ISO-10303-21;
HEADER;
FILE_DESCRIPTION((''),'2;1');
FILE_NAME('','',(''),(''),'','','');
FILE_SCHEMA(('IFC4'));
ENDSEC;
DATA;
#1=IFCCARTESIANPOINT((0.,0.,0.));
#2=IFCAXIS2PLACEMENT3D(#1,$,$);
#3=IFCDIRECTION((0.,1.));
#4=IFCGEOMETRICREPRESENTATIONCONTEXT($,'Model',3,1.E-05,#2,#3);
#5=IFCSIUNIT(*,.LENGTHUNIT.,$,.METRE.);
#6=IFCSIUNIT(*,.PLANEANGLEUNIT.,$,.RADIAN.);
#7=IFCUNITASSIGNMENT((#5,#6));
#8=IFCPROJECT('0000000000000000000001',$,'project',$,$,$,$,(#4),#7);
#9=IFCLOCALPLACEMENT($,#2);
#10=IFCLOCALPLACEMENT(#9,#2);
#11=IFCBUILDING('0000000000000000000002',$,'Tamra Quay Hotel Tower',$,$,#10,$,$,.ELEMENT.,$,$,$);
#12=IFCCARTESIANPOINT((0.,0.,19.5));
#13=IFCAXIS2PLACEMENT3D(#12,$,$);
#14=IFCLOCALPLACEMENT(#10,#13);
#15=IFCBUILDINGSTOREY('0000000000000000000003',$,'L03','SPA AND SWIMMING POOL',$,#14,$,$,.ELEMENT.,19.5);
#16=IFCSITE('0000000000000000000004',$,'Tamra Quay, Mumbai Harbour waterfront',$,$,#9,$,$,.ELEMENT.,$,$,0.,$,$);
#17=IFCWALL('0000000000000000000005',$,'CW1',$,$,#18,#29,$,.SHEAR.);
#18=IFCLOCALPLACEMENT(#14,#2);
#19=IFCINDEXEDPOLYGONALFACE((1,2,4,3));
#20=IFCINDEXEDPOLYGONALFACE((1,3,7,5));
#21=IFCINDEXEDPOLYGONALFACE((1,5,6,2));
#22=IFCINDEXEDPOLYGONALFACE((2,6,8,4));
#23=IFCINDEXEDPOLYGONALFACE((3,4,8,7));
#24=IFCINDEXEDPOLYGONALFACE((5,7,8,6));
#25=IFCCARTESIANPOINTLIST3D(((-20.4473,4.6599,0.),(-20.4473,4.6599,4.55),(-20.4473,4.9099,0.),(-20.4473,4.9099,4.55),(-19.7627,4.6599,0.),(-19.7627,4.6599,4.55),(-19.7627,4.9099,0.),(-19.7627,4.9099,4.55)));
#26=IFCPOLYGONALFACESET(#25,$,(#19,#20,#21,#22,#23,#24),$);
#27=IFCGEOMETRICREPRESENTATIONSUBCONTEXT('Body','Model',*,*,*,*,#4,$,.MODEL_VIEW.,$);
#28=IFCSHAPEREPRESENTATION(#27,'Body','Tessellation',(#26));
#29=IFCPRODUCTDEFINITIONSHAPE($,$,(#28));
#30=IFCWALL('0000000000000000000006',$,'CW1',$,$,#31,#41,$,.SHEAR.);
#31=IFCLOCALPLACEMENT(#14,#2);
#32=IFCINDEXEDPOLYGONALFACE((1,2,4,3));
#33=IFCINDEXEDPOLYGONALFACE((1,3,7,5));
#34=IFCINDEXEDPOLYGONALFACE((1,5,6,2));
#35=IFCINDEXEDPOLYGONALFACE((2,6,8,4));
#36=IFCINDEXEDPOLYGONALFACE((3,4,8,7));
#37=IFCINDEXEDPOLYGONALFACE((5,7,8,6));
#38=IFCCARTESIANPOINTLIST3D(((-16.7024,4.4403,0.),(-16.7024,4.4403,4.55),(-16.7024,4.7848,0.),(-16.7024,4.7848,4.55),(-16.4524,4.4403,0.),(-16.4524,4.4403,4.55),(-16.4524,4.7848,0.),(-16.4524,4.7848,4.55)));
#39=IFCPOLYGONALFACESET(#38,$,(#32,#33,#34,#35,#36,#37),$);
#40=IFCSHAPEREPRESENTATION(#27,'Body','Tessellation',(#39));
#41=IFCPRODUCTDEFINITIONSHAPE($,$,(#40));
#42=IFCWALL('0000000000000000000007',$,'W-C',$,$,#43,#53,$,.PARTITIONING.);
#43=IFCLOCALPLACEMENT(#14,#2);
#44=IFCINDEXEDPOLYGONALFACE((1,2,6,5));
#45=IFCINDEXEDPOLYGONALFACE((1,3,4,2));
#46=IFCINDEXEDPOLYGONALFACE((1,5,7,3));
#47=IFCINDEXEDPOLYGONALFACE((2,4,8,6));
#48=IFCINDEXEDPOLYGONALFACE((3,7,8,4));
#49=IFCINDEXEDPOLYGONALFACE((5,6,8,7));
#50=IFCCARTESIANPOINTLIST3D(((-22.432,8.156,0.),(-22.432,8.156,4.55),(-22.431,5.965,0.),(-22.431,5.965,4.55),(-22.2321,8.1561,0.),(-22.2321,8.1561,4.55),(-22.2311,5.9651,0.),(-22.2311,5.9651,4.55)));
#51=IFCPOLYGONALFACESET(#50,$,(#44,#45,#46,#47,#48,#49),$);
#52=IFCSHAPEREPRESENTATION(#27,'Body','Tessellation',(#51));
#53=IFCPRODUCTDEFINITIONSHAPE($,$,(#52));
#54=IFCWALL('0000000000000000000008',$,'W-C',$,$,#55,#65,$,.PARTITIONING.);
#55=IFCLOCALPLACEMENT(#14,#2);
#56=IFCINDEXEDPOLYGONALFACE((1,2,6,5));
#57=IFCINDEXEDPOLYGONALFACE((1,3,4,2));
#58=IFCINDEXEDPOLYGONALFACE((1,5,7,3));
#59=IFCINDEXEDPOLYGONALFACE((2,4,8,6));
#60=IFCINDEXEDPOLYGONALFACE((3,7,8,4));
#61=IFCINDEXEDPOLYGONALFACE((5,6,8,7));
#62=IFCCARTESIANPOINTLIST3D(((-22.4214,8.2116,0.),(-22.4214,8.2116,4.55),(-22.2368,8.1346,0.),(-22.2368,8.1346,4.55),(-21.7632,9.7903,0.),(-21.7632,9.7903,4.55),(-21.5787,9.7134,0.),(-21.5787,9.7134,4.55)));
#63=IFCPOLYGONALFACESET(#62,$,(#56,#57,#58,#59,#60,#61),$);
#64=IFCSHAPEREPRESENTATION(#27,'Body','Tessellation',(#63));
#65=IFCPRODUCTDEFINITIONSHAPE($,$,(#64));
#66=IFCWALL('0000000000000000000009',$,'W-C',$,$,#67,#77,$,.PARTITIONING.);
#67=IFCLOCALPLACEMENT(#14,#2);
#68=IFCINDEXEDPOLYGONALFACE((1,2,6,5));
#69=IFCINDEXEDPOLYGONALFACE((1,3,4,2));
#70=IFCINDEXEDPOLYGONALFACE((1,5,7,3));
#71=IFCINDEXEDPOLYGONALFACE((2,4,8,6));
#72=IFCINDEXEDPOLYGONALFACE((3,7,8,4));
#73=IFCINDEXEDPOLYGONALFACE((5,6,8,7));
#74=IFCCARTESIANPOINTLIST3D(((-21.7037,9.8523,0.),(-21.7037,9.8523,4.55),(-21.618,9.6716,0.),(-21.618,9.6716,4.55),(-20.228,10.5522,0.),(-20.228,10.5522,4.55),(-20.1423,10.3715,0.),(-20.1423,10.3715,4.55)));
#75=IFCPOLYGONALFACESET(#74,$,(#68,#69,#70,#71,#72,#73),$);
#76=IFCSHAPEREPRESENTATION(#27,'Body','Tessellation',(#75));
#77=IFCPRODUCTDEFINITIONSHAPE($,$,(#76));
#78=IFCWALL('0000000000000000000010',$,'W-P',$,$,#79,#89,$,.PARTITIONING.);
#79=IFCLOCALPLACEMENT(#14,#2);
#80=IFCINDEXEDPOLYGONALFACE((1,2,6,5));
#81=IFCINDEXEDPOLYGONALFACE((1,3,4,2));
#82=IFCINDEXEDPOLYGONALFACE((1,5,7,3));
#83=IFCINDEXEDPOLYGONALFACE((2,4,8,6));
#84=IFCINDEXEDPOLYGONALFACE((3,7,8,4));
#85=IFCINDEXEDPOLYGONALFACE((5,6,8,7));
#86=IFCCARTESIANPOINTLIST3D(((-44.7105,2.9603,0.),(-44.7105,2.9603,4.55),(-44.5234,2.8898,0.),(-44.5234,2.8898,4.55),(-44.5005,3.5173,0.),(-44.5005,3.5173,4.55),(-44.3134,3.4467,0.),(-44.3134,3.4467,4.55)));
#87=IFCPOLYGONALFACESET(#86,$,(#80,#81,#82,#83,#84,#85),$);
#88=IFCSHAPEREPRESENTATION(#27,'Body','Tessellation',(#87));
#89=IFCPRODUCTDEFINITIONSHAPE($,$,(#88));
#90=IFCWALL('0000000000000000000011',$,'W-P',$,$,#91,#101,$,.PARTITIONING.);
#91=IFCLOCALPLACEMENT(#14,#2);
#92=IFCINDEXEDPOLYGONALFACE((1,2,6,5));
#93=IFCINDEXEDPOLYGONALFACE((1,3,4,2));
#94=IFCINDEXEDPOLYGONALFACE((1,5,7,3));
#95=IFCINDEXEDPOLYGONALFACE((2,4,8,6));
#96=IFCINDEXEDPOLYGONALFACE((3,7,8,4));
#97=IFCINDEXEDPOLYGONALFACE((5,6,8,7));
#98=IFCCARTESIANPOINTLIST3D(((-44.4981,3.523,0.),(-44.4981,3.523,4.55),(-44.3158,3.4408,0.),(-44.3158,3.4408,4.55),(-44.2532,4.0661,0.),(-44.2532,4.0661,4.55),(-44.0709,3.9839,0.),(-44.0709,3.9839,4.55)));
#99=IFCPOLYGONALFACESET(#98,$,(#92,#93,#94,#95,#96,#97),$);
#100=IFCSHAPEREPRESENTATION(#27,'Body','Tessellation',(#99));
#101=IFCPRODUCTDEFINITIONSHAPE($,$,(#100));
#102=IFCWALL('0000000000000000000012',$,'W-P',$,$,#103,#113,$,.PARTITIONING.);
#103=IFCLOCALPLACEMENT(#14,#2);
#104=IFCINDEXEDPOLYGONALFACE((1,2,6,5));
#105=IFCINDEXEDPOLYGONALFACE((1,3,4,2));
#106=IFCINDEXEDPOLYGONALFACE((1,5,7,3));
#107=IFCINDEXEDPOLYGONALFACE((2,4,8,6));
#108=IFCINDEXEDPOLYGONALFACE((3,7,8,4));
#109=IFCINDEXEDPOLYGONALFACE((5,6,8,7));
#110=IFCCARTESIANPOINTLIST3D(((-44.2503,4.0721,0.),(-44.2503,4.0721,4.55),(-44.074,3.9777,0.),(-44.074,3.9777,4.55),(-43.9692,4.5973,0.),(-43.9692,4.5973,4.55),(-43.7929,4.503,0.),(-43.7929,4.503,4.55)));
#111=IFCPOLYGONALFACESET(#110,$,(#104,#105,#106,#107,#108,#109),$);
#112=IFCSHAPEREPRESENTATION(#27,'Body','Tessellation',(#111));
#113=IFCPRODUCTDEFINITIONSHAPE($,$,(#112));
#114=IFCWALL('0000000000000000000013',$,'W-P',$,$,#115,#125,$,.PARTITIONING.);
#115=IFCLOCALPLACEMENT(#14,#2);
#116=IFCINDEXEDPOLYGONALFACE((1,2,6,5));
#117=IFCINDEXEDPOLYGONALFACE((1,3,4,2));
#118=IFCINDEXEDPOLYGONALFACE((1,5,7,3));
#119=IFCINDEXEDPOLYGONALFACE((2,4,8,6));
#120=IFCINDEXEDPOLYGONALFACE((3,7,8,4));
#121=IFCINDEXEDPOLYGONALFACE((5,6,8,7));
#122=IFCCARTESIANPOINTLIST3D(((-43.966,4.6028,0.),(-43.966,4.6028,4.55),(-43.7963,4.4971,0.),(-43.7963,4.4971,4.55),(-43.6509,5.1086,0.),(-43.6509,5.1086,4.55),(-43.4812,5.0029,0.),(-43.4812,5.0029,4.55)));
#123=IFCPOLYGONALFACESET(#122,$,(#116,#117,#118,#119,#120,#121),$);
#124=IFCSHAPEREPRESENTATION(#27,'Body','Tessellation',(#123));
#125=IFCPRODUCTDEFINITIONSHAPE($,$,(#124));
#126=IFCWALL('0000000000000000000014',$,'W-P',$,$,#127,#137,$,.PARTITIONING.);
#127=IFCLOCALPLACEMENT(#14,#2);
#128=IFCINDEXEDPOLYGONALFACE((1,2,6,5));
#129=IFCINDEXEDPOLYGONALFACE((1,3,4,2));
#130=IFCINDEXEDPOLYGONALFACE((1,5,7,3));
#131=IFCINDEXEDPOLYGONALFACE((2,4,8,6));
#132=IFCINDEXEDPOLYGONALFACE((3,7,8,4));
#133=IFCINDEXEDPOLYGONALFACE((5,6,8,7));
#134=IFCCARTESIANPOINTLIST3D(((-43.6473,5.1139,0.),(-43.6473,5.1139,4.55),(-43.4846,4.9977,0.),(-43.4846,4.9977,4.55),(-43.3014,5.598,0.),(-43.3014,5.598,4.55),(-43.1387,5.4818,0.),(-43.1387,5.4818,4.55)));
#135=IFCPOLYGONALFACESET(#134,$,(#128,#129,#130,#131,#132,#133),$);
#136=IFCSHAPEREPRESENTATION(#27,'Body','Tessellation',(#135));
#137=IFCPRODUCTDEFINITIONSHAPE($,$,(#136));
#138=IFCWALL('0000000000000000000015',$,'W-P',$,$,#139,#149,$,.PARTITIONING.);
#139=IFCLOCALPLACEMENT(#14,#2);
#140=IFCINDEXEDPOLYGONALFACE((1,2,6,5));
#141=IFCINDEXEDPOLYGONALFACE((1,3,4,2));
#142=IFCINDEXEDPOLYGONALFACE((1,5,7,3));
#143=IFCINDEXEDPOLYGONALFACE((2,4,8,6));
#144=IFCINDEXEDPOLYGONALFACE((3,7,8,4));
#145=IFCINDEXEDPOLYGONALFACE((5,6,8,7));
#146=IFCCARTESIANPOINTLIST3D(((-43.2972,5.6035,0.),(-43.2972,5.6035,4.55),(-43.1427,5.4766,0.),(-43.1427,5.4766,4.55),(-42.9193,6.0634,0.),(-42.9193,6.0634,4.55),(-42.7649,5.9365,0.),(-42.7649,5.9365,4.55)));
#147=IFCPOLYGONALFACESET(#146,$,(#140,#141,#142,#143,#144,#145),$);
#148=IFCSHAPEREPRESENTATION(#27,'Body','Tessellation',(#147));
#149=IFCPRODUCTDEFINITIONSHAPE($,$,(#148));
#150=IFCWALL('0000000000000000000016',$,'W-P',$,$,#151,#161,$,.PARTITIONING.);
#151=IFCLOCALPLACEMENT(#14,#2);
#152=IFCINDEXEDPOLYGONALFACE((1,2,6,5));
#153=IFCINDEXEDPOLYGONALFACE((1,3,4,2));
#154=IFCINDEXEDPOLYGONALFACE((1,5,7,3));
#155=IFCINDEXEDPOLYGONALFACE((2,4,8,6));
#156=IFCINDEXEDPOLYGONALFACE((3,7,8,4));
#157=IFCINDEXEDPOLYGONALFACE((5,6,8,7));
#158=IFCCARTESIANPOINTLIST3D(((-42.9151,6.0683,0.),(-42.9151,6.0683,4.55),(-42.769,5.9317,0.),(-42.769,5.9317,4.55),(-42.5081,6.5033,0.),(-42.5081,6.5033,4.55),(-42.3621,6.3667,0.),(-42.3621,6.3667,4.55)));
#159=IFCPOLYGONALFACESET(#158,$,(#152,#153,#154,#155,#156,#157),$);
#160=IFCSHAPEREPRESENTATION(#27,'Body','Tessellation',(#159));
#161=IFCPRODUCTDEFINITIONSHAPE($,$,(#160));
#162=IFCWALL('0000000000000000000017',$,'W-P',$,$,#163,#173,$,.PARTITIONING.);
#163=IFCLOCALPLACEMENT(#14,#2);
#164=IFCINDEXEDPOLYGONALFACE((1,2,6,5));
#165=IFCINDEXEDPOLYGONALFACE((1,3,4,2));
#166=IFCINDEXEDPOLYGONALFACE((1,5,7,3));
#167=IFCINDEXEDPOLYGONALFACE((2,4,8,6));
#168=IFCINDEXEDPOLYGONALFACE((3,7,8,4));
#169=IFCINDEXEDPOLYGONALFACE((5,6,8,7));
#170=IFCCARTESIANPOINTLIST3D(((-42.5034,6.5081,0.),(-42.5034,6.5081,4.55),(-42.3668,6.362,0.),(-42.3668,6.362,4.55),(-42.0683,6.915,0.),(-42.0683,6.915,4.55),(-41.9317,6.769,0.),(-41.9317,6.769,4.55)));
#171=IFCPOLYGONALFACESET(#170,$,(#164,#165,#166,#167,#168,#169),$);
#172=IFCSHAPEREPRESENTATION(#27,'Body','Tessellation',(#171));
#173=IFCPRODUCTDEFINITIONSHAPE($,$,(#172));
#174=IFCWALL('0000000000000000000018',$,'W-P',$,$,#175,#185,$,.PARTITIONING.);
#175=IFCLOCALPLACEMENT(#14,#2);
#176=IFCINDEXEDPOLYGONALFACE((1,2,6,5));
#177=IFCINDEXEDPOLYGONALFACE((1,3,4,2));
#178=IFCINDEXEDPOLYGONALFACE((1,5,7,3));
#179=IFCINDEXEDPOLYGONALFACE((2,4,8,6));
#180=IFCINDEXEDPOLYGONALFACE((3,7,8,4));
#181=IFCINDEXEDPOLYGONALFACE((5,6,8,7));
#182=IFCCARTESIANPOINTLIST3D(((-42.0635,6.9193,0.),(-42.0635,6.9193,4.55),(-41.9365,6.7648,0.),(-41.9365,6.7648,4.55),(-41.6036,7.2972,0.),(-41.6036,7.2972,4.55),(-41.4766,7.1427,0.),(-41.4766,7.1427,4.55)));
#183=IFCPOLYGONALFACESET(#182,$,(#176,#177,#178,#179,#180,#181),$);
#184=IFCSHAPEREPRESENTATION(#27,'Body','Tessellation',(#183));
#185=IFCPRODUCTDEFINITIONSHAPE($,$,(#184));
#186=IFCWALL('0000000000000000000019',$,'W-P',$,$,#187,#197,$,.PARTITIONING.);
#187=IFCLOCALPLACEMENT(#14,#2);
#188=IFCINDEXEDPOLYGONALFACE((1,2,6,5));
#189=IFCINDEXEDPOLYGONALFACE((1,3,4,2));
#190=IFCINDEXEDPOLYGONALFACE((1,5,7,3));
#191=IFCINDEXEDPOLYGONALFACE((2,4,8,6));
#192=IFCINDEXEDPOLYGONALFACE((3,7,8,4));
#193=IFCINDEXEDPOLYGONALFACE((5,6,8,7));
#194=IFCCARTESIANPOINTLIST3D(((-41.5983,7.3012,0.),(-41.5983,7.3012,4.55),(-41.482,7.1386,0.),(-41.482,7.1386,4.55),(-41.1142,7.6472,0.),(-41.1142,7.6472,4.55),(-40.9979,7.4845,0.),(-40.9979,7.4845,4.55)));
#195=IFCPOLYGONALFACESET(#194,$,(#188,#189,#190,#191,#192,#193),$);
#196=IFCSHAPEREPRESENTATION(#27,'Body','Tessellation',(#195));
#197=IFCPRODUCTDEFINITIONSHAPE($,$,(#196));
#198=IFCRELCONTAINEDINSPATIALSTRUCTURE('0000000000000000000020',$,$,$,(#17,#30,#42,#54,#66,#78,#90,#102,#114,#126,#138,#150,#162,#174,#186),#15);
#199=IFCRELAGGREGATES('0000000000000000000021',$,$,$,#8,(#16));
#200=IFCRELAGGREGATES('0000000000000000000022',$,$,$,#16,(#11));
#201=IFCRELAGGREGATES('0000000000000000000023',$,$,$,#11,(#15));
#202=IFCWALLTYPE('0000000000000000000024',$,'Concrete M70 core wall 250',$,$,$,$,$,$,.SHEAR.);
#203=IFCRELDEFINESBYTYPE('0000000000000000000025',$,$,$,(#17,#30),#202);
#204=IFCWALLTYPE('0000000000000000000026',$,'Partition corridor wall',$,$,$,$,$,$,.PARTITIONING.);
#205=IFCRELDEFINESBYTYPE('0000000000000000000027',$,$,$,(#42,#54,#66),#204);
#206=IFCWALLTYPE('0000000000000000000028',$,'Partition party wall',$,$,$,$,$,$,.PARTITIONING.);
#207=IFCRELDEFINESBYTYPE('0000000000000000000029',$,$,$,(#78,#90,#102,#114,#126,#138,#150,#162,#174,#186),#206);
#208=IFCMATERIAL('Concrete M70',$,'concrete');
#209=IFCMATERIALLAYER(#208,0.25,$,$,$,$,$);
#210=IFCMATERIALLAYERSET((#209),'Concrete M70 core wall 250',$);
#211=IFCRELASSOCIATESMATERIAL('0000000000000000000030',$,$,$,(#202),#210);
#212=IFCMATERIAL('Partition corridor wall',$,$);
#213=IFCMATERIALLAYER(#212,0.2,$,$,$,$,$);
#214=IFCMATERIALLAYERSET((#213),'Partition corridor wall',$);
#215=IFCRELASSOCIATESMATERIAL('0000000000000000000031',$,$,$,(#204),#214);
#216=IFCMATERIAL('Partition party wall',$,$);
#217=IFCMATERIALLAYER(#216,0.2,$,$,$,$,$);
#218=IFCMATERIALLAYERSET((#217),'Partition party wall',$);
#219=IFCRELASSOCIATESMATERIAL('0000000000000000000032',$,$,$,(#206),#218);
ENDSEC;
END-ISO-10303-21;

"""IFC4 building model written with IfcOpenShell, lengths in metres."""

from ifc_helpers import new_model, si_unit, direction, frame, frame_2d, origin, place, context, subcontext, project, spatial, rectangle, extrude, material, layer, layer_set, type_object, element, save


model = new_model("IFC4")

# Units and contexts
model_context = context("Model", 3, precision=1e-05, world=origin(), true_north=direction((0.0, 1.0)))
body_context = subcontext(model_context, "Body", "Model", "MODEL_VIEW")
ifc_project = project(units=[si_unit("LENGTHUNIT", "METRE"), si_unit("PLANEANGLEUNIT", "RADIAN")], contexts=[model_context])

# Site, building, storey
site_placement = place(None, origin())
site = spatial("IfcSite", under=ifc_project, at=site_placement, Name="Tamra Quay, Mumbai Harbour waterfront", CompositionType="ELEMENT", RefElevation=0.0)
building_placement = place(site_placement, origin())
building = spatial("IfcBuilding", under=site, at=building_placement, Name="Tamra Quay Hotel Tower", CompositionType="ELEMENT")
storey_placement = place(building_placement, frame((0.0, 0.0, 19.5)))
storey = spatial("IfcBuildingStorey", under=building, at=storey_placement, Name="L03", Description="SPA AND SWIMMING POOL", CompositionType="ELEMENT", Elevation=19.5)

# Shared definitions
ifc_material_1 = material(Name="Concrete M70", Category="concrete")

# Shared definitions
ifc_layer_1 = layer(ifc_material_1, 0.25)
ifc_layer_set_1 = layer_set([ifc_layer_1], Name="Concrete M70 core wall 250")
wall_type_1 = type_object("IfcWallType", Name="Concrete M70 core wall 250", PredefinedType="SHEAR", material=ifc_layer_set_1)

# Walls
wall_1_placement = place(storey_placement, frame((-20.4473, 4.7849, 0.0), z_axis=(0.0, 0.0, 1.0), x_axis=(1.0, 0.0, 0.0)))
element("IfcWall", 1, at=wall_1_placement, inside=storey, type_object=wall_type_1, Name="CW1", PredefinedType="SHEAR", context=body_context, shape_type="SweptSolid", body=[
    extrude(rectangle(XDim=0.6846, YDim=0.25, at=frame_2d((0.3423, 0.0))), origin(), (0.0, 0.0, 1.0), 4.55),
])
wall_2_placement = place(storey_placement, frame((-16.5774, 4.7849, 0.0), z_axis=(0.0, 0.0, 1.0), x_axis=(0.0, -1.0, 0.0)))
element("IfcWall", 2, at=wall_2_placement, inside=storey, type_object=wall_type_1, Name="CW1", PredefinedType="SHEAR", context=body_context, shape_type="SweptSolid", body=[
    extrude(rectangle(XDim=0.3445, YDim=0.25, at=frame_2d((0.1724, 0.0))), origin(), (0.0, 0.0, 1.0), 4.55),
])
ifc_material_2 = material(Name="Partition corridor wall")
ifc_layer_2 = layer(ifc_material_2, 0.2)
ifc_layer_set_2 = layer_set([ifc_layer_2], Name="Partition corridor wall")
wall_type_2 = type_object("IfcWallType", Name="Partition corridor wall", PredefinedType="PARTITIONING", material=ifc_layer_set_2)
wall_3_placement = place(storey_placement, frame((-22.332, 8.156, 0.0), z_axis=(0.0, 0.0, 1.0), x_axis=(0.000446, -1.0, 0.0)))
element("IfcWall", 3, at=wall_3_placement, inside=storey, type_object=wall_type_2, Name="W-C", PredefinedType="PARTITIONING", context=body_context, shape_type="SweptSolid", body=[
    extrude(rectangle(XDim=2.1909, YDim=0.2, at=frame_2d((1.0955, 0.0))), origin(), (0.0, 0.0, 1.0), 4.55),
])
wall_4_placement = place(storey_placement, frame((-22.3291, 8.1731, 0.0), z_axis=(0.0, 0.0, 1.0), x_axis=(0.384788, 0.923005, 0.0)))
element("IfcWall", 4, at=wall_4_placement, inside=storey, type_object=wall_type_2, Name="W-C", PredefinedType="PARTITIONING", context=body_context, shape_type="SweptSolid", body=[
    extrude(rectangle(XDim=1.7104, YDim=0.2, at=frame_2d((0.8552, 0.0))), origin(), (0.0, 0.0, 1.0), 4.55),
])
wall_5_placement = place(storey_placement, frame((-21.6609, 9.762, 0.0), z_axis=(0.0, 0.0, 1.0), x_axis=(0.903531, 0.428523, 0.0)))
element("IfcWall", 5, at=wall_5_placement, inside=storey, type_object=wall_type_2, Name="W-C", PredefinedType="PARTITIONING", context=body_context, shape_type="SweptSolid", body=[
    extrude(rectangle(XDim=1.6333, YDim=0.2, at=frame_2d((0.8167, 0.0))), origin(), (0.0, 0.0, 1.0), 4.55),
])
ifc_material_3 = material(Name="Partition party wall")
ifc_layer_3 = layer(ifc_material_3, 0.2)
ifc_layer_set_3 = layer_set([ifc_layer_3], Name="Partition party wall")
wall_type_3 = type_object("IfcWallType", Name="Partition party wall", PredefinedType="PARTITIONING", material=ifc_layer_set_3)
wall_6_placement = place(storey_placement, frame((-44.6169, 2.925, 0.0), z_axis=(0.0, 0.0, 1.0), x_axis=(0.352786, 0.935704, 0.0)))
element("IfcWall", 6, at=wall_6_placement, inside=storey, type_object=wall_type_3, Name="W-P", PredefinedType="PARTITIONING", context=body_context, shape_type="SweptSolid", body=[
    extrude(rectangle(XDim=0.5952, YDim=0.2, at=frame_2d((0.2976, 0.0))), origin(), (0.0, 0.0, 1.0), 4.55),
])
for number, where, z_axis, x_axis, name in (
    (7, (-44.407, 3.4819, 0.0), (0.0, 0.0, 1.0), (0.411114, 0.911584, 0.0), "W-P"),
    (8, (-44.1621, 4.0249, 0.0), (0.0, 0.0, 1.0), (0.4718, 0.881705, 0.0), "W-P"),
):
    element("IfcWall", number, at=place(storey_placement, frame(where, z_axis=z_axis, x_axis=x_axis)), inside=storey, type_object=wall_type_3, Name=name, PredefinedType="PARTITIONING", context=body_context, shape_type="SweptSolid", body=[
        extrude(rectangle(XDim=0.5957, YDim=0.2, at=frame_2d((0.2979, 0.0))), origin(), (0.0, 0.0, 1.0), 4.55),
    ])
wall_7_placement = place(storey_placement, frame((-43.8811, 4.55, 0.0), z_axis=(0.0, 0.0, 1.0), x_axis=(0.52882, 0.848734, 0.0)))
element("IfcWall", 9, at=wall_7_placement, inside=storey, type_object=wall_type_3, Name="W-P", PredefinedType="PARTITIONING", context=body_context, shape_type="SweptSolid", body=[
    extrude(rectangle(XDim=0.5959, YDim=0.2, at=frame_2d((0.2979, 0.0))), origin(), (0.0, 0.0, 1.0), 4.55),
])
wall_8_placement = place(storey_placement, frame((-43.5659, 5.0559, 0.0), z_axis=(0.0, 0.0, 1.0), x_axis=(0.581393, 0.813623, 0.0)))
element("IfcWall", 10, at=wall_8_placement, inside=storey, type_object=wall_type_3, Name="W-P", PredefinedType="PARTITIONING", context=body_context, shape_type="SweptSolid", body=[
    extrude(rectangle(XDim=0.595, YDim=0.2, at=frame_2d((0.2974, 0.0))), origin(), (0.0, 0.0, 1.0), 4.55),
])
wall_9_placement = place(storey_placement, frame((-43.22, 5.54, 0.0), z_axis=(0.0, 0.0, 1.0), x_axis=(0.634844, 0.77264, 0.0)))
element("IfcWall", 11, at=wall_9_placement, inside=storey, type_object=wall_type_3, Name="W-P", PredefinedType="PARTITIONING", context=body_context, shape_type="SweptSolid", body=[
    extrude(rectangle(XDim=0.5952, YDim=0.2, at=frame_2d((0.2976, 0.0))), origin(), (0.0, 0.0, 1.0), 4.55),
])
for number, where, z_axis, x_axis, name in (
    (12, (-42.842, 6.0, 0.0), (0.0, 0.0, 1.0), (0.68315, 0.730278, 0.0), "W-P"),
    (13, (-42.4351, 6.4351, 0.0), (0.0, 0.0, 1.0), (0.730278, 0.68315, 0.0), "W-P"),
):
    element("IfcWall", number, at=place(storey_placement, frame(where, z_axis=z_axis, x_axis=x_axis)), inside=storey, type_object=wall_type_3, Name=name, PredefinedType="PARTITIONING", context=body_context, shape_type="SweptSolid", body=[
        extrude(rectangle(XDim=0.5957, YDim=0.2, at=frame_2d((0.2979, 0.0))), origin(), (0.0, 0.0, 1.0), 4.55),
    ])
wall_10_placement = place(storey_placement, frame((-42.0, 6.842, 0.0), z_axis=(0.0, 0.0, 1.0), x_axis=(0.77264, 0.634844, 0.0)))
element("IfcWall", 14, at=wall_10_placement, inside=storey, type_object=wall_type_3, Name="W-P", PredefinedType="PARTITIONING", context=body_context, shape_type="SweptSolid", body=[
    extrude(rectangle(XDim=0.5952, YDim=0.2, at=frame_2d((0.2976, 0.0))), origin(), (0.0, 0.0, 1.0), 4.55),
])
wall_11_placement = place(storey_placement, frame((-41.54, 7.22, 0.0), z_axis=(0.0, 0.0, 1.0), x_axis=(0.813623, 0.581393, 0.0)))
element("IfcWall", 15, at=wall_11_placement, inside=storey, type_object=wall_type_3, Name="W-P", PredefinedType="PARTITIONING", context=body_context, shape_type="SweptSolid", body=[
    extrude(rectangle(XDim=0.595, YDim=0.2, at=frame_2d((0.2974, 0.0))), origin(), (0.0, 0.0, 1.0), 4.55),
])

save(model, "model.ifc")
